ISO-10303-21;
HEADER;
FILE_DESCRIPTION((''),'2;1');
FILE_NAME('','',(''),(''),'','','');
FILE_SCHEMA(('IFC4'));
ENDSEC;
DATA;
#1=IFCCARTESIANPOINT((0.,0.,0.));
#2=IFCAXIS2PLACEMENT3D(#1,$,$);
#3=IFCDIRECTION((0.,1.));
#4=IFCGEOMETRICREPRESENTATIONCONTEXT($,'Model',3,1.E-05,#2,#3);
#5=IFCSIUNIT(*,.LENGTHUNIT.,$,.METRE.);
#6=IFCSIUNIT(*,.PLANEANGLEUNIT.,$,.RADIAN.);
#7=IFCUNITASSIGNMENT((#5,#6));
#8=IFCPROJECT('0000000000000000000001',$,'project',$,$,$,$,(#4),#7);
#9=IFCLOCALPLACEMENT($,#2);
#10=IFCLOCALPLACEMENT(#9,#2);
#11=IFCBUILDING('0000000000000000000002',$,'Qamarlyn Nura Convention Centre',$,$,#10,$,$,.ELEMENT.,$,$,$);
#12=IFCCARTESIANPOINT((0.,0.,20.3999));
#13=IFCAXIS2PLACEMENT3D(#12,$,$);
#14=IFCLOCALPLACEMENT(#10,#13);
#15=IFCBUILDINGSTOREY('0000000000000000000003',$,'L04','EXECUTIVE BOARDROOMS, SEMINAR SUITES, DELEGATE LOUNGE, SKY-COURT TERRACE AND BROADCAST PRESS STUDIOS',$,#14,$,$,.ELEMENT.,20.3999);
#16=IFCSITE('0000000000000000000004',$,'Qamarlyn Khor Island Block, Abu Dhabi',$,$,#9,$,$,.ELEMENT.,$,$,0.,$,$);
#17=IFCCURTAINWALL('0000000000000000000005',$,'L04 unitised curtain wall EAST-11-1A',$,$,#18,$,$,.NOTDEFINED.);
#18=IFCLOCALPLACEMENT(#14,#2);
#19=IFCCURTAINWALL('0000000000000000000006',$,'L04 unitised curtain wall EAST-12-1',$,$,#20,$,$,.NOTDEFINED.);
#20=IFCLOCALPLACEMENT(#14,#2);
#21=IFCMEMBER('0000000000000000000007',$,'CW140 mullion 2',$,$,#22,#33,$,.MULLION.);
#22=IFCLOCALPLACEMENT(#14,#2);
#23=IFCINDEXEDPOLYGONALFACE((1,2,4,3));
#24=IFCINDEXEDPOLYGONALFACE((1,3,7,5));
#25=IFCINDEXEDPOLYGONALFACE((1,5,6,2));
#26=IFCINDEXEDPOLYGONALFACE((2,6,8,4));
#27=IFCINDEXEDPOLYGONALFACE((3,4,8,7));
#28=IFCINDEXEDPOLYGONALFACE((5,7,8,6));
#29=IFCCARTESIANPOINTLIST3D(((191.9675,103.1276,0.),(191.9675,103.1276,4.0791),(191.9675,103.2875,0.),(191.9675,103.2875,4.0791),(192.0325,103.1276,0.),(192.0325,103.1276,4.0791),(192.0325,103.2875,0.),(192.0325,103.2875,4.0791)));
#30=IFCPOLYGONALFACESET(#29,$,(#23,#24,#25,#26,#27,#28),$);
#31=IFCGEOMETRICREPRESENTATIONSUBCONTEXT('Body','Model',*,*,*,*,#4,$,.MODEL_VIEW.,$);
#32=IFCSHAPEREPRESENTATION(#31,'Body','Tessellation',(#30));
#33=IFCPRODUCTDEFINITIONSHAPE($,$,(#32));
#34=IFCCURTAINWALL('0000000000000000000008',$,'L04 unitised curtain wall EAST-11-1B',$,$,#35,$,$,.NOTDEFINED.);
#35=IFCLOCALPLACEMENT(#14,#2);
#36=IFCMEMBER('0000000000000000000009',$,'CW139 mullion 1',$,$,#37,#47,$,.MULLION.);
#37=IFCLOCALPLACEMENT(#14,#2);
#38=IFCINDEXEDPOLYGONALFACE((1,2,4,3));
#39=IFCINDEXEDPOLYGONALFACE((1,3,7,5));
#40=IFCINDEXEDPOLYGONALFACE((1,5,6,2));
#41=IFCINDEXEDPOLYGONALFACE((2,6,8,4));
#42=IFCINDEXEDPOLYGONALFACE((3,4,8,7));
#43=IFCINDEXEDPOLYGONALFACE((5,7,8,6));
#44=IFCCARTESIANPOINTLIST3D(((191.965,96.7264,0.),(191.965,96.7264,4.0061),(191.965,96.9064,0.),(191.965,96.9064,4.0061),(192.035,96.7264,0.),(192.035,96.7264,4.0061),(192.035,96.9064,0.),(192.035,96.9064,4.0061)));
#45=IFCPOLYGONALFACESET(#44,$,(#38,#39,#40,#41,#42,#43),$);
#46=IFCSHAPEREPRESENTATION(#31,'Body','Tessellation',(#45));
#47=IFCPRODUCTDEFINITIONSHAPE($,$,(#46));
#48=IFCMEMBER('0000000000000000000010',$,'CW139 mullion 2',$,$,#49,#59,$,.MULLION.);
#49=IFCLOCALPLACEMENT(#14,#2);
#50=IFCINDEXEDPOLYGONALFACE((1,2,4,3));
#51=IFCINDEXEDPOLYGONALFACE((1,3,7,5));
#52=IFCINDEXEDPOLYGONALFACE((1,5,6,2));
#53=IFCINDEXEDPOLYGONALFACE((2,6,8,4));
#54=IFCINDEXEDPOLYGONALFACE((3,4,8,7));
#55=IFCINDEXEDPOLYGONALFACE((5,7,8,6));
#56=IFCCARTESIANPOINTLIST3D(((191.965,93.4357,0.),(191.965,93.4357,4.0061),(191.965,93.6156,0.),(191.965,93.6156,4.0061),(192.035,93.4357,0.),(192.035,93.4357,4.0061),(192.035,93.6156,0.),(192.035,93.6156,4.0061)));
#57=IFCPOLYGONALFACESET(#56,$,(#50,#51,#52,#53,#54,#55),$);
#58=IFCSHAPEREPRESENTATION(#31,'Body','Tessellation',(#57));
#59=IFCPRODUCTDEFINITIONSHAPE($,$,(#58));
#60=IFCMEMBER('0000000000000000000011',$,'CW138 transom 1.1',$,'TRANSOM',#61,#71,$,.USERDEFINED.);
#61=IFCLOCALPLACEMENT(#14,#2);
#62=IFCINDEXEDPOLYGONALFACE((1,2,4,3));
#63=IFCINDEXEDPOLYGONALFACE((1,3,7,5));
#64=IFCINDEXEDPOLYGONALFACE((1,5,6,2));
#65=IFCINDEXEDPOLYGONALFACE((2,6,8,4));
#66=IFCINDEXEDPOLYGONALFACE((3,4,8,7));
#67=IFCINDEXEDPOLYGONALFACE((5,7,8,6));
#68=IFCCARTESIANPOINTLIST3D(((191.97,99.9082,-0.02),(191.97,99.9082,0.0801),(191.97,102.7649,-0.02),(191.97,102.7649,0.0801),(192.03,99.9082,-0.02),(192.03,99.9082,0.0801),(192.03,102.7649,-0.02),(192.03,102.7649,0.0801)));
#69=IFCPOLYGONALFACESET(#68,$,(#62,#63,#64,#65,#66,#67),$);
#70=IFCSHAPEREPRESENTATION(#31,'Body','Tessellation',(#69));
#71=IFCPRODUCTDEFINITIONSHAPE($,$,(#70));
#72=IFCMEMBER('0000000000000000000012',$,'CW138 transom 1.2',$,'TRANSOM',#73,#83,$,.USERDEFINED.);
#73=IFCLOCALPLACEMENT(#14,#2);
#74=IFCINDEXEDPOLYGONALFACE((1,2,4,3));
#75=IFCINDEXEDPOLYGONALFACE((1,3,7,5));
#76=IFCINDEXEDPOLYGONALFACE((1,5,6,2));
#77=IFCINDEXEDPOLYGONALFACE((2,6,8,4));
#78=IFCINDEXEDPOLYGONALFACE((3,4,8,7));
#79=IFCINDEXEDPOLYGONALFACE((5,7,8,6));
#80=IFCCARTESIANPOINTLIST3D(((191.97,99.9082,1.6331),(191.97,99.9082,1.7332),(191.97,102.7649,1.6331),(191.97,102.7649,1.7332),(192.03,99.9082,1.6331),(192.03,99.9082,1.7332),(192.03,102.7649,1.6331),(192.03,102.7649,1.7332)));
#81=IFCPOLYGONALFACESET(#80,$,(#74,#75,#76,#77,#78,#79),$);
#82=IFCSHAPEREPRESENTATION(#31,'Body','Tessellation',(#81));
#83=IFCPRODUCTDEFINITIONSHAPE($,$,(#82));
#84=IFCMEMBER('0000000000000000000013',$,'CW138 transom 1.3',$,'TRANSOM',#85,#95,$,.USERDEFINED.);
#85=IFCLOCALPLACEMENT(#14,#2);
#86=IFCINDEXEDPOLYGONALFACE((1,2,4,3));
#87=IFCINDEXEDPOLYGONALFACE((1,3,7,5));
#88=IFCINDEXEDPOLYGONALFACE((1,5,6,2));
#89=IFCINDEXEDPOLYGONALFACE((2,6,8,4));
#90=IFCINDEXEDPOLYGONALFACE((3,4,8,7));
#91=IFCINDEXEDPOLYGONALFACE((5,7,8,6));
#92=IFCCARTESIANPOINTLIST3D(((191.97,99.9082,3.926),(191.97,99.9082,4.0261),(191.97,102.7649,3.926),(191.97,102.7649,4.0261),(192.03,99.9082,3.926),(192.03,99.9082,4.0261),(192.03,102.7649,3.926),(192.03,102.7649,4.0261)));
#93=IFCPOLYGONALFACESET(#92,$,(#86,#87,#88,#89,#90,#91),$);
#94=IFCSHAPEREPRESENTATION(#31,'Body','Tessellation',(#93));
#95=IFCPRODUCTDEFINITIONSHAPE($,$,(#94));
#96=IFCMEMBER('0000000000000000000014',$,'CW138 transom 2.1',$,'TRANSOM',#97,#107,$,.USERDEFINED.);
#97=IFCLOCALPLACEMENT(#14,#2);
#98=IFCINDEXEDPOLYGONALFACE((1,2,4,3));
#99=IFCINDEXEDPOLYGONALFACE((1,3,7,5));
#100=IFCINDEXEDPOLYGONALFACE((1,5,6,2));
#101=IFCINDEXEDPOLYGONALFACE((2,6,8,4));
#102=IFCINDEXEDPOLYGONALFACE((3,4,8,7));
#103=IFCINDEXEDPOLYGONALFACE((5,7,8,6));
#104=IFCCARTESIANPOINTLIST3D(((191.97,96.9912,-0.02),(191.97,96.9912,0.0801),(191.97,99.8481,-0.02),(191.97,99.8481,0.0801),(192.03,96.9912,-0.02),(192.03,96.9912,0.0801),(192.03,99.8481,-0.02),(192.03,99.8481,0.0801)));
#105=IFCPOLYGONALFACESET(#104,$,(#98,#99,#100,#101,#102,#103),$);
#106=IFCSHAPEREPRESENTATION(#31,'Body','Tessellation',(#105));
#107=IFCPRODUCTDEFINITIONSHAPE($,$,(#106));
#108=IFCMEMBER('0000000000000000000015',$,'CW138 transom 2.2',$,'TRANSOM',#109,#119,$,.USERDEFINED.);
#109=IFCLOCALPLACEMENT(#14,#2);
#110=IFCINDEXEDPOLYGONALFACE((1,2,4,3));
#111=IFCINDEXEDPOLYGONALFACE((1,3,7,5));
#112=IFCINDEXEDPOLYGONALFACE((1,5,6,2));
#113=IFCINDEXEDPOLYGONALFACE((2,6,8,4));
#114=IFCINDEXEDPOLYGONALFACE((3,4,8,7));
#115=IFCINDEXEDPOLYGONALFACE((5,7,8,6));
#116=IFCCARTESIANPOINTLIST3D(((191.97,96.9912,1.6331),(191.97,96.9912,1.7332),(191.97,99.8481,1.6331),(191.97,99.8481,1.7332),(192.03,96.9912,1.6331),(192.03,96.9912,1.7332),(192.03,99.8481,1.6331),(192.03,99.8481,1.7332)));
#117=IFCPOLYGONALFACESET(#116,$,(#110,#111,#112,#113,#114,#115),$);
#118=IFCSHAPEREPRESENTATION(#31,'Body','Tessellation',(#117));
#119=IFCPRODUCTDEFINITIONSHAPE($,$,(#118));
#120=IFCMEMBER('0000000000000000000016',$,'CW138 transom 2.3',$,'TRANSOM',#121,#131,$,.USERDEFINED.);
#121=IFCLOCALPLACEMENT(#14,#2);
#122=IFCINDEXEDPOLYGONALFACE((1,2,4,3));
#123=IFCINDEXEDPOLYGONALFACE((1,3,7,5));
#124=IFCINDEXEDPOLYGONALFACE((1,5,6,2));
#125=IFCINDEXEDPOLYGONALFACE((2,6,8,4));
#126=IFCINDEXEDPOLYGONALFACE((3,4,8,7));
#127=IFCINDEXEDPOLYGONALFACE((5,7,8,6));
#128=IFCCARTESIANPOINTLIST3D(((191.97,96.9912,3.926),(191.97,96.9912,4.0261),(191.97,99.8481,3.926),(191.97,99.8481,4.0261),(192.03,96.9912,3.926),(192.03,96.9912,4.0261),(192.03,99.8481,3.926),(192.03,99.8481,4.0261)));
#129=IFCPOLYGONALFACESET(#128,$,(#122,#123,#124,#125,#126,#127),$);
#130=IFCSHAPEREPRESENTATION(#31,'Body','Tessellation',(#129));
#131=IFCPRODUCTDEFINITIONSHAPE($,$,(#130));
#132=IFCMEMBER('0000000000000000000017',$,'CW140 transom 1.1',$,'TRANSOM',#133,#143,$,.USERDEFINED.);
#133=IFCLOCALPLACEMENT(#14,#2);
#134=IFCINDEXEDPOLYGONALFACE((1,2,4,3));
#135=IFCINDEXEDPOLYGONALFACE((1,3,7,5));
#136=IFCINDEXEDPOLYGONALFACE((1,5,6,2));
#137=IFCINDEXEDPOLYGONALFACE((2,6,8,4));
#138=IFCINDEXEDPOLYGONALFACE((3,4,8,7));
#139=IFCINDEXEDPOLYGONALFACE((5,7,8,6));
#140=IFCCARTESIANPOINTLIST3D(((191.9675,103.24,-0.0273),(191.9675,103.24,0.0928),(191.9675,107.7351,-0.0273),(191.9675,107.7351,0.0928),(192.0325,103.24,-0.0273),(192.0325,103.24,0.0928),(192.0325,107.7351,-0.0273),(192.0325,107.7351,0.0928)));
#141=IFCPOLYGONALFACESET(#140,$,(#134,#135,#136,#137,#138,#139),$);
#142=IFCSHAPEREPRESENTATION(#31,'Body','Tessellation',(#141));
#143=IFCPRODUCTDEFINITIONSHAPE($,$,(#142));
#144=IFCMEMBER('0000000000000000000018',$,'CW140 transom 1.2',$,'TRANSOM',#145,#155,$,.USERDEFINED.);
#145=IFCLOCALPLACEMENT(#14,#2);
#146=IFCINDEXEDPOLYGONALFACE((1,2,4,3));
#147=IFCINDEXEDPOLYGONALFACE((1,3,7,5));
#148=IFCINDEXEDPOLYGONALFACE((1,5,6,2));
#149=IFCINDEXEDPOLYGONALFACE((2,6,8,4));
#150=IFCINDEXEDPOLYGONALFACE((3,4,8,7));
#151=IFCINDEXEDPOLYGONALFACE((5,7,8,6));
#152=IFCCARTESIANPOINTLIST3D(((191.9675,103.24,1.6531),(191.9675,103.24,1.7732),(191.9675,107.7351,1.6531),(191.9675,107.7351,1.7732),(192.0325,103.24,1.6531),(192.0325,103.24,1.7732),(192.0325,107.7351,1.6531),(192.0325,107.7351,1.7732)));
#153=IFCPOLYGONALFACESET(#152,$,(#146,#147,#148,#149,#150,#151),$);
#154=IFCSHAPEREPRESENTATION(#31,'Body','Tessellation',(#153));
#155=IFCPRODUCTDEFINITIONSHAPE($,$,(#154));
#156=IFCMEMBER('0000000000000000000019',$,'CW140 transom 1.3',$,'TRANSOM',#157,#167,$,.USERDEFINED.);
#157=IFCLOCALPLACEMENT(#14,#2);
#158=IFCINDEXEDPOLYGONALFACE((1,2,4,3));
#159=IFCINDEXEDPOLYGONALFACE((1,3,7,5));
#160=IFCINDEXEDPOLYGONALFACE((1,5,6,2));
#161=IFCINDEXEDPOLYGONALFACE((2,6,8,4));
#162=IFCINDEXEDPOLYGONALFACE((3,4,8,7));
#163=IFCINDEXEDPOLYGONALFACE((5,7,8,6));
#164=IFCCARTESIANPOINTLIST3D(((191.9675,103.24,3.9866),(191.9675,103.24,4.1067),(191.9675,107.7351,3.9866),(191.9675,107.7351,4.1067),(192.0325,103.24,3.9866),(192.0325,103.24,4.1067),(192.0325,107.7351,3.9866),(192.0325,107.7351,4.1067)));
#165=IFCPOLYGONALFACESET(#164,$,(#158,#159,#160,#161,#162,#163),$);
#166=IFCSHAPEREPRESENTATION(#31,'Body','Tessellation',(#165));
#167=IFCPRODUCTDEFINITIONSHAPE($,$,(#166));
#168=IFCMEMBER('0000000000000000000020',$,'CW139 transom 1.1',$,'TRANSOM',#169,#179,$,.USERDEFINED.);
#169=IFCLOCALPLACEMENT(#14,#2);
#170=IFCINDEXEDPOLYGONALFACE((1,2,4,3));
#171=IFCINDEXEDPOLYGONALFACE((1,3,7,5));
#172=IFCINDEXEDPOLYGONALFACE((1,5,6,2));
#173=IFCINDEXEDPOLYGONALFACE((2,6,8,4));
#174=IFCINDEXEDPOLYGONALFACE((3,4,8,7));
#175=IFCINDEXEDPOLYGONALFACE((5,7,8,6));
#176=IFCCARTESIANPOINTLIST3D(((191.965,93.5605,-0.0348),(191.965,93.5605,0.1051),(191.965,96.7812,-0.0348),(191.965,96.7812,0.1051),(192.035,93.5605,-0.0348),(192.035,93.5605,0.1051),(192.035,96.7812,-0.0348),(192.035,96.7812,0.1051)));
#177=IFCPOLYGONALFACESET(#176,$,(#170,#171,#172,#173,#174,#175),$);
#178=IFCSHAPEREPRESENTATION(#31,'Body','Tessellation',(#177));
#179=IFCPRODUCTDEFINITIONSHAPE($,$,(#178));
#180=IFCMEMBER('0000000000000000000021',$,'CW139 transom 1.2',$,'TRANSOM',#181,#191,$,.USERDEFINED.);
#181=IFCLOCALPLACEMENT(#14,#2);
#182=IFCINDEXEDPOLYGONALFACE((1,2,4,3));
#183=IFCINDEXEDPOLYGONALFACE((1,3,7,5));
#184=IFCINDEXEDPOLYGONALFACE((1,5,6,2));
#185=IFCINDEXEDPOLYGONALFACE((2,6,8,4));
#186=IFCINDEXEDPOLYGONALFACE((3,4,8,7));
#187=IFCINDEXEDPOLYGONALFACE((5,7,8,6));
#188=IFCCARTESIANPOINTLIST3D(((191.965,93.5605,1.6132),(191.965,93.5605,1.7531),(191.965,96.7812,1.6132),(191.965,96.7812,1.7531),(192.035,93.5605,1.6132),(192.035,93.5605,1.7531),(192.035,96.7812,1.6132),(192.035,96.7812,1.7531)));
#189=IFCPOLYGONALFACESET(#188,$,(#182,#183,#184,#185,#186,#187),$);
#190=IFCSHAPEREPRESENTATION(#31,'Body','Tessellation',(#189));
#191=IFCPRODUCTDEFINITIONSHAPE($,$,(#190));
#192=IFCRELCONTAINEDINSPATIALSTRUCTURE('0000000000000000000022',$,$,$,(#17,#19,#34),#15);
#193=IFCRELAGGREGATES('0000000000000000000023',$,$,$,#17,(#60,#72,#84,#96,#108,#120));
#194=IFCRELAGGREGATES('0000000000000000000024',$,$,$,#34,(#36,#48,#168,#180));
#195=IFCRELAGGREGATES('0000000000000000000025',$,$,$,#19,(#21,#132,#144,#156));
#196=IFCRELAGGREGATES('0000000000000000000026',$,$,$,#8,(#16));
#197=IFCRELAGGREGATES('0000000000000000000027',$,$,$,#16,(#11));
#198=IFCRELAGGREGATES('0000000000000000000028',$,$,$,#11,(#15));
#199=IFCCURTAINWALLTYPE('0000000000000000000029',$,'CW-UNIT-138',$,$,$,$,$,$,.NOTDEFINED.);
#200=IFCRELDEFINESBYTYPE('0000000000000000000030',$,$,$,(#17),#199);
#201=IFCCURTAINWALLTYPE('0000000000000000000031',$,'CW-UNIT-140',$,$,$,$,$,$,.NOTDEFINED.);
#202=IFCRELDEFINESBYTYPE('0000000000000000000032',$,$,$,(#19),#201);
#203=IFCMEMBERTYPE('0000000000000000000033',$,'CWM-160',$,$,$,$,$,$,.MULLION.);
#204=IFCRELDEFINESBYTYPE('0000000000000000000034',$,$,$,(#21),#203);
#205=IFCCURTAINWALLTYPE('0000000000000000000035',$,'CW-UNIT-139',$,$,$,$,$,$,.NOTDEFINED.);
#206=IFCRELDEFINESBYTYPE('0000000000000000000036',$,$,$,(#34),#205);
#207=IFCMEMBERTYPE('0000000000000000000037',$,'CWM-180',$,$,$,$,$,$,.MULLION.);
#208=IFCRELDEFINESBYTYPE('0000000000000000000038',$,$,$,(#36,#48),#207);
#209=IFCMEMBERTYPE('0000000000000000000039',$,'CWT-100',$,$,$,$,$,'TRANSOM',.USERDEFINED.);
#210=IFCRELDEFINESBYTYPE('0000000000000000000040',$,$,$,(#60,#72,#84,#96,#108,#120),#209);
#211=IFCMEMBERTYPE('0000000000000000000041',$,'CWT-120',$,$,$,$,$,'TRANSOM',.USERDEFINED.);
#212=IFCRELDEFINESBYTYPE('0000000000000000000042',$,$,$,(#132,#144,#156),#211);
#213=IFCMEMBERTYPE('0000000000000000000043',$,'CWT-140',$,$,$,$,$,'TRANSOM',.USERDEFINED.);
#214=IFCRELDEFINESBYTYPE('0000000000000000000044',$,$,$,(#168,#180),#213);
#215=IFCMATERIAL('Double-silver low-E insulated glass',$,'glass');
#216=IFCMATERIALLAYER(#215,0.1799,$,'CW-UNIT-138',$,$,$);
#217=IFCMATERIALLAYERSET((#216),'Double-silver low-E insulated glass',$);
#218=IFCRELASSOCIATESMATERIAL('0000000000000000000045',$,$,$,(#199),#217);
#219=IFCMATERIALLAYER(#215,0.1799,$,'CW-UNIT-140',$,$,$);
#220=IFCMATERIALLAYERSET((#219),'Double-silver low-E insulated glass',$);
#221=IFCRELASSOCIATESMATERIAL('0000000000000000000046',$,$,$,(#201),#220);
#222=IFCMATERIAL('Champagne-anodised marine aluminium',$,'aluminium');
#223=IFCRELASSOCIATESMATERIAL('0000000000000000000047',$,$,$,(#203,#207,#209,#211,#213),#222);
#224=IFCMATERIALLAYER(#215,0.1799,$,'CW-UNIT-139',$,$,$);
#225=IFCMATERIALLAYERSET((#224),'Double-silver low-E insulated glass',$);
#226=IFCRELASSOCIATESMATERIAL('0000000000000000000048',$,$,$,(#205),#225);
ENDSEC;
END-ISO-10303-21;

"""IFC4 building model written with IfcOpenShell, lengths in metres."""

from ifc_helpers import new_model, si_unit, direction, frame, origin, origin_2d, place, context, subcontext, project, spatial, rectangle, extrude, material, layer, layer_set, material_profile, profile_set, type_object, element, aggregate, save


model = new_model("IFC4")

# Units and contexts
model_context = context("Model", 3, precision=1e-05, world=origin(), true_north=direction((0.0, 1.0)))
body_context = subcontext(model_context, "Body", "Model", "MODEL_VIEW")
ifc_project = project(units=[si_unit("LENGTHUNIT", "METRE"), si_unit("PLANEANGLEUNIT", "RADIAN")], contexts=[model_context])

# Site, building, storey
site_placement = place(None, origin())
site = spatial("IfcSite", under=ifc_project, at=site_placement, Name="Qamarlyn Khor Island Block, Abu Dhabi", CompositionType="ELEMENT", RefElevation=0.0)
building_placement = place(site_placement, origin())
building = spatial("IfcBuilding", under=site, at=building_placement, Name="Qamarlyn Nura Convention Centre", CompositionType="ELEMENT")
storey_placement = place(building_placement, frame((0.0, 0.0, 20.3999)))
storey = spatial("IfcBuildingStorey", under=building, at=storey_placement, Name="L04", Description="EXECUTIVE BOARDROOMS, SEMINAR SUITES, DELEGATE LOUNGE, SKY-COURT TERRACE AND BROADCAST PRESS STUDIOS", CompositionType="ELEMENT", Elevation=20.3999)

# Curtain walls, members
ifc_material_1 = material(Name="Double-silver low-E insulated glass", Category="glass")
ifc_layer_1 = layer(ifc_material_1, 0.1799, Name="CW-UNIT-138")
ifc_layer_set_1 = layer_set([ifc_layer_1], Name="Double-silver low-E insulated glass")
curtain_wall_type_1 = type_object("IfcCurtainWallType", Name="CW-UNIT-138", PredefinedType="NOTDEFINED", material=ifc_layer_set_1)
curtain_wall_1_placement = place(storey_placement, origin())
curtain_wall_1 = element("IfcCurtainWall", 1, at=curtain_wall_1_placement, inside=storey, type_object=curtain_wall_type_1, Name="L04 unitised curtain wall EAST-11-1A", PredefinedType="NOTDEFINED")
ifc_material_2 = material(Name="Champagne-anodised marine aluminium", Category="aluminium")
ifc_layer_2 = layer(ifc_material_1, 0.1799, Name="CW-UNIT-140")
ifc_layer_set_2 = layer_set([ifc_layer_2], Name="Double-silver low-E insulated glass")
curtain_wall_type_2 = type_object("IfcCurtainWallType", Name="CW-UNIT-140", PredefinedType="NOTDEFINED", material=ifc_layer_set_2)
curtain_wall_2_placement = place(storey_placement, origin())
curtain_wall_2 = element("IfcCurtainWall", 2, at=curtain_wall_2_placement, inside=storey, type_object=curtain_wall_type_2, Name="L04 unitised curtain wall EAST-12-1", PredefinedType="NOTDEFINED")
ifc_material_profile_1 = material_profile(ifc_material_2, rectangle(XDim=0.0649, YDim=0.1599, at=origin_2d()), Name="ALU MULLION 65x160")
ifc_profile_set_1 = profile_set([ifc_material_profile_1], Name="Champagne-anodised marine aluminium")
member_type_1 = type_object("IfcMemberType", Name="CWM-160", PredefinedType="MULLION", material=ifc_profile_set_1)
member_1_placement = place(storey_placement, frame((192.0, 103.2075, 0.0), z_axis=(0.0, 0.0, 1.0), x_axis=(1.0, 0.0, 0.0)))
member_1 = element("IfcMember", 3, at=member_1_placement, type_object=member_type_1, Name="CW140 mullion 2", PredefinedType="MULLION", context=body_context, shape_type="SweptSolid", body=[
    extrude(rectangle(XDim=0.0649, YDim=0.1599, at=origin_2d()), origin(), (0.0, 0.0, 1.0), 4.0791),
])
ifc_layer_3 = layer(ifc_material_1, 0.1799, Name="CW-UNIT-139")
ifc_layer_set_3 = layer_set([ifc_layer_3], Name="Double-silver low-E insulated glass")
curtain_wall_type_3 = type_object("IfcCurtainWallType", Name="CW-UNIT-139", PredefinedType="NOTDEFINED", material=ifc_layer_set_3)
curtain_wall_3_placement = place(storey_placement, origin())
curtain_wall_3 = element("IfcCurtainWall", 4, at=curtain_wall_3_placement, inside=storey, type_object=curtain_wall_type_3, Name="L04 unitised curtain wall EAST-11-1B", PredefinedType="NOTDEFINED")
ifc_material_profile_2 = material_profile(ifc_material_2, rectangle(XDim=0.0701, YDim=0.1799, at=origin_2d()), Name="ALU MULLION 70x180")
ifc_profile_set_2 = profile_set([ifc_material_profile_2], Name="Champagne-anodised marine aluminium")
member_type_2 = type_object("IfcMemberType", Name="CWM-180", PredefinedType="MULLION", material=ifc_profile_set_2)
member_2_placement = place(storey_placement, frame((192.0, 96.8164, 0.0), z_axis=(0.0, 0.0, 1.0), x_axis=(1.0, 0.0, 0.0)))
member_2 = element("IfcMember", 5, at=member_2_placement, type_object=member_type_2, Name="CW139 mullion 1", PredefinedType="MULLION", context=body_context, shape_type="SweptSolid", body=[
    extrude(rectangle(XDim=0.0701, YDim=0.1799, at=origin_2d()), origin(), (0.0, 0.0, 1.0), 4.0061),
])
member_3_placement = place(storey_placement, frame((192.0, 93.5256, 0.0), z_axis=(0.0, 0.0, 1.0), x_axis=(1.0, 0.0, 0.0)))
member_3 = element("IfcMember", 6, at=member_3_placement, type_object=member_type_2, Name="CW139 mullion 2", PredefinedType="MULLION", context=body_context, shape_type="SweptSolid", body=[
    extrude(rectangle(XDim=0.0701, YDim=0.1799, at=origin_2d()), origin(), (0.0, 0.0, 1.0), 4.0061),
])

# Members
ifc_material_profile_3 = material_profile(ifc_material_2, rectangle(XDim=0.0601, YDim=0.1001, at=origin_2d()), Name="ALU TRANSOM 60x100")
ifc_profile_set_3 = profile_set([ifc_material_profile_3], Name="Champagne-anodised marine aluminium")
member_type_3 = type_object("IfcMemberType", Name="CWT-100", ElementType="TRANSOM", PredefinedType="USERDEFINED", material=ifc_profile_set_3)
member_4_placement = place(storey_placement, frame((192.0, 102.7649, 0.03), z_axis=(0.0, -1.0, 0.0), x_axis=(1.0, 0.0, 0.0)))
member_4 = element("IfcMember", 7, at=member_4_placement, type_object=member_type_3, Name="CW138 transom 1.1", ObjectType="TRANSOM", PredefinedType="USERDEFINED", context=body_context, shape_type="SweptSolid", body=[
    extrude(rectangle(XDim=0.0601, YDim=0.1001, at=origin_2d()), origin(), (0.0, 0.0, 1.0), 2.8567),
])
member_5_placement = place(storey_placement, frame((192.0, 102.7649, 1.6831), z_axis=(0.0, -1.0, 0.0), x_axis=(1.0, 0.0, 0.0)))
member_5 = element("IfcMember", 8, at=member_5_placement, type_object=member_type_3, Name="CW138 transom 1.2", ObjectType="TRANSOM", PredefinedType="USERDEFINED", context=body_context, shape_type="SweptSolid", body=[
    extrude(rectangle(XDim=0.0601, YDim=0.1001, at=origin_2d()), origin(), (0.0, 0.0, 1.0), 2.8567),
])
member_6_placement = place(storey_placement, frame((192.0, 102.7649, 3.9761), z_axis=(0.0, -1.0, 0.0), x_axis=(1.0, 0.0, 0.0)))
member_6 = element("IfcMember", 9, at=member_6_placement, type_object=member_type_3, Name="CW138 transom 1.3", ObjectType="TRANSOM", PredefinedType="USERDEFINED", context=body_context, shape_type="SweptSolid", body=[
    extrude(rectangle(XDim=0.0601, YDim=0.1001, at=origin_2d()), origin(), (0.0, 0.0, 1.0), 2.8567),
])
member_7_placement = place(storey_placement, frame((192.0, 99.8481, 0.03), z_axis=(0.0, -1.0, 0.0), x_axis=(1.0, 0.0, 0.0)))
member_7 = element("IfcMember", 10, at=member_7_placement, type_object=member_type_3, Name="CW138 transom 2.1", ObjectType="TRANSOM", PredefinedType="USERDEFINED", context=body_context, shape_type="SweptSolid", body=[
    extrude(rectangle(XDim=0.0601, YDim=0.1001, at=origin_2d()), origin(), (0.0, 0.0, 1.0), 2.8569),
])
member_8_placement = place(storey_placement, frame((192.0, 99.8481, 1.6831), z_axis=(0.0, -1.0, 0.0), x_axis=(1.0, 0.0, 0.0)))
member_8 = element("IfcMember", 11, at=member_8_placement, type_object=member_type_3, Name="CW138 transom 2.2", ObjectType="TRANSOM", PredefinedType="USERDEFINED", context=body_context, shape_type="SweptSolid", body=[
    extrude(rectangle(XDim=0.0601, YDim=0.1001, at=origin_2d()), origin(), (0.0, 0.0, 1.0), 2.8569),
])
member_9_placement = place(storey_placement, frame((192.0, 99.8481, 3.9761), z_axis=(0.0, -1.0, 0.0), x_axis=(1.0, 0.0, 0.0)))
member_9 = element("IfcMember", 12, at=member_9_placement, type_object=member_type_3, Name="CW138 transom 2.3", ObjectType="TRANSOM", PredefinedType="USERDEFINED", context=body_context, shape_type="SweptSolid", body=[
    extrude(rectangle(XDim=0.0601, YDim=0.1001, at=origin_2d()), origin(), (0.0, 0.0, 1.0), 2.8569),
])
ifc_material_profile_4 = material_profile(ifc_material_2, rectangle(XDim=0.0649, YDim=0.1201, at=origin_2d()), Name="ALU TRANSOM 65x120")
ifc_profile_set_4 = profile_set([ifc_material_profile_4], Name="Champagne-anodised marine aluminium")
member_type_4 = type_object("IfcMemberType", Name="CWT-120", ElementType="TRANSOM", PredefinedType="USERDEFINED", material=ifc_profile_set_4)
member_10_placement = place(storey_placement, frame((192.0, 107.7351, 0.0327), z_axis=(0.0, -1.0, 0.0), x_axis=(1.0, 0.0, 0.0)))
member_10 = element("IfcMember", 13, at=member_10_placement, type_object=member_type_4, Name="CW140 transom 1.1", ObjectType="TRANSOM", PredefinedType="USERDEFINED", context=body_context, shape_type="SweptSolid", body=[
    extrude(rectangle(XDim=0.0649, YDim=0.1201, at=origin_2d()), origin(), (0.0, 0.0, 1.0), 4.4951),
])
member_11_placement = place(storey_placement, frame((192.0, 107.7351, 1.7131), z_axis=(0.0, -1.0, 0.0), x_axis=(1.0, 0.0, 0.0)))
member_11 = element("IfcMember", 14, at=member_11_placement, type_object=member_type_4, Name="CW140 transom 1.2", ObjectType="TRANSOM", PredefinedType="USERDEFINED", context=body_context, shape_type="SweptSolid", body=[
    extrude(rectangle(XDim=0.0649, YDim=0.1201, at=origin_2d()), origin(), (0.0, 0.0, 1.0), 4.4951),
])
member_12_placement = place(storey_placement, frame((192.0, 107.7351, 4.0466), z_axis=(0.0, -1.0, 0.0), x_axis=(1.0, 0.0, 0.0)))
member_12 = element("IfcMember", 15, at=member_12_placement, type_object=member_type_4, Name="CW140 transom 1.3", ObjectType="TRANSOM", PredefinedType="USERDEFINED", context=body_context, shape_type="SweptSolid", body=[
    extrude(rectangle(XDim=0.0649, YDim=0.1201, at=origin_2d()), origin(), (0.0, 0.0, 1.0), 4.4951),
])
ifc_material_profile_5 = material_profile(ifc_material_2, rectangle(XDim=0.0701, YDim=0.1399, at=origin_2d()), Name="ALU TRANSOM 70x140")
ifc_profile_set_5 = profile_set([ifc_material_profile_5], Name="Champagne-anodised marine aluminium")
member_type_5 = type_object("IfcMemberType", Name="CWT-140", ElementType="TRANSOM", PredefinedType="USERDEFINED", material=ifc_profile_set_5)
member_13_placement = place(storey_placement, frame((192.0, 96.7812, 0.0352), z_axis=(0.0, -1.0, 0.0), x_axis=(1.0, 0.0, 0.0)))
member_13 = element("IfcMember", 16, at=member_13_placement, type_object=member_type_5, Name="CW139 transom 1.1", ObjectType="TRANSOM", PredefinedType="USERDEFINED", context=body_context, shape_type="SweptSolid", body=[
    extrude(rectangle(XDim=0.0701, YDim=0.1399, at=origin_2d()), origin(), (0.0, 0.0, 1.0), 3.2207),
])
member_14_placement = place(storey_placement, frame((192.0, 96.7812, 1.6831), z_axis=(0.0, -1.0, 0.0), x_axis=(1.0, 0.0, 0.0)))
member_14 = element("IfcMember", 17, at=member_14_placement, type_object=member_type_5, Name="CW139 transom 1.2", ObjectType="TRANSOM", PredefinedType="USERDEFINED", context=body_context, shape_type="SweptSolid", body=[
    extrude(rectangle(XDim=0.0701, YDim=0.1399, at=origin_2d()), origin(), (0.0, 0.0, 1.0), 3.2207),
])

aggregate(curtain_wall_1, [member_4, member_5, member_6, member_7, member_8, member_9])
aggregate(curtain_wall_3, [member_2, member_3, member_13, member_14])
aggregate(curtain_wall_2, [member_1, member_10, member_11, member_12])

save(model, "model.ifc")
